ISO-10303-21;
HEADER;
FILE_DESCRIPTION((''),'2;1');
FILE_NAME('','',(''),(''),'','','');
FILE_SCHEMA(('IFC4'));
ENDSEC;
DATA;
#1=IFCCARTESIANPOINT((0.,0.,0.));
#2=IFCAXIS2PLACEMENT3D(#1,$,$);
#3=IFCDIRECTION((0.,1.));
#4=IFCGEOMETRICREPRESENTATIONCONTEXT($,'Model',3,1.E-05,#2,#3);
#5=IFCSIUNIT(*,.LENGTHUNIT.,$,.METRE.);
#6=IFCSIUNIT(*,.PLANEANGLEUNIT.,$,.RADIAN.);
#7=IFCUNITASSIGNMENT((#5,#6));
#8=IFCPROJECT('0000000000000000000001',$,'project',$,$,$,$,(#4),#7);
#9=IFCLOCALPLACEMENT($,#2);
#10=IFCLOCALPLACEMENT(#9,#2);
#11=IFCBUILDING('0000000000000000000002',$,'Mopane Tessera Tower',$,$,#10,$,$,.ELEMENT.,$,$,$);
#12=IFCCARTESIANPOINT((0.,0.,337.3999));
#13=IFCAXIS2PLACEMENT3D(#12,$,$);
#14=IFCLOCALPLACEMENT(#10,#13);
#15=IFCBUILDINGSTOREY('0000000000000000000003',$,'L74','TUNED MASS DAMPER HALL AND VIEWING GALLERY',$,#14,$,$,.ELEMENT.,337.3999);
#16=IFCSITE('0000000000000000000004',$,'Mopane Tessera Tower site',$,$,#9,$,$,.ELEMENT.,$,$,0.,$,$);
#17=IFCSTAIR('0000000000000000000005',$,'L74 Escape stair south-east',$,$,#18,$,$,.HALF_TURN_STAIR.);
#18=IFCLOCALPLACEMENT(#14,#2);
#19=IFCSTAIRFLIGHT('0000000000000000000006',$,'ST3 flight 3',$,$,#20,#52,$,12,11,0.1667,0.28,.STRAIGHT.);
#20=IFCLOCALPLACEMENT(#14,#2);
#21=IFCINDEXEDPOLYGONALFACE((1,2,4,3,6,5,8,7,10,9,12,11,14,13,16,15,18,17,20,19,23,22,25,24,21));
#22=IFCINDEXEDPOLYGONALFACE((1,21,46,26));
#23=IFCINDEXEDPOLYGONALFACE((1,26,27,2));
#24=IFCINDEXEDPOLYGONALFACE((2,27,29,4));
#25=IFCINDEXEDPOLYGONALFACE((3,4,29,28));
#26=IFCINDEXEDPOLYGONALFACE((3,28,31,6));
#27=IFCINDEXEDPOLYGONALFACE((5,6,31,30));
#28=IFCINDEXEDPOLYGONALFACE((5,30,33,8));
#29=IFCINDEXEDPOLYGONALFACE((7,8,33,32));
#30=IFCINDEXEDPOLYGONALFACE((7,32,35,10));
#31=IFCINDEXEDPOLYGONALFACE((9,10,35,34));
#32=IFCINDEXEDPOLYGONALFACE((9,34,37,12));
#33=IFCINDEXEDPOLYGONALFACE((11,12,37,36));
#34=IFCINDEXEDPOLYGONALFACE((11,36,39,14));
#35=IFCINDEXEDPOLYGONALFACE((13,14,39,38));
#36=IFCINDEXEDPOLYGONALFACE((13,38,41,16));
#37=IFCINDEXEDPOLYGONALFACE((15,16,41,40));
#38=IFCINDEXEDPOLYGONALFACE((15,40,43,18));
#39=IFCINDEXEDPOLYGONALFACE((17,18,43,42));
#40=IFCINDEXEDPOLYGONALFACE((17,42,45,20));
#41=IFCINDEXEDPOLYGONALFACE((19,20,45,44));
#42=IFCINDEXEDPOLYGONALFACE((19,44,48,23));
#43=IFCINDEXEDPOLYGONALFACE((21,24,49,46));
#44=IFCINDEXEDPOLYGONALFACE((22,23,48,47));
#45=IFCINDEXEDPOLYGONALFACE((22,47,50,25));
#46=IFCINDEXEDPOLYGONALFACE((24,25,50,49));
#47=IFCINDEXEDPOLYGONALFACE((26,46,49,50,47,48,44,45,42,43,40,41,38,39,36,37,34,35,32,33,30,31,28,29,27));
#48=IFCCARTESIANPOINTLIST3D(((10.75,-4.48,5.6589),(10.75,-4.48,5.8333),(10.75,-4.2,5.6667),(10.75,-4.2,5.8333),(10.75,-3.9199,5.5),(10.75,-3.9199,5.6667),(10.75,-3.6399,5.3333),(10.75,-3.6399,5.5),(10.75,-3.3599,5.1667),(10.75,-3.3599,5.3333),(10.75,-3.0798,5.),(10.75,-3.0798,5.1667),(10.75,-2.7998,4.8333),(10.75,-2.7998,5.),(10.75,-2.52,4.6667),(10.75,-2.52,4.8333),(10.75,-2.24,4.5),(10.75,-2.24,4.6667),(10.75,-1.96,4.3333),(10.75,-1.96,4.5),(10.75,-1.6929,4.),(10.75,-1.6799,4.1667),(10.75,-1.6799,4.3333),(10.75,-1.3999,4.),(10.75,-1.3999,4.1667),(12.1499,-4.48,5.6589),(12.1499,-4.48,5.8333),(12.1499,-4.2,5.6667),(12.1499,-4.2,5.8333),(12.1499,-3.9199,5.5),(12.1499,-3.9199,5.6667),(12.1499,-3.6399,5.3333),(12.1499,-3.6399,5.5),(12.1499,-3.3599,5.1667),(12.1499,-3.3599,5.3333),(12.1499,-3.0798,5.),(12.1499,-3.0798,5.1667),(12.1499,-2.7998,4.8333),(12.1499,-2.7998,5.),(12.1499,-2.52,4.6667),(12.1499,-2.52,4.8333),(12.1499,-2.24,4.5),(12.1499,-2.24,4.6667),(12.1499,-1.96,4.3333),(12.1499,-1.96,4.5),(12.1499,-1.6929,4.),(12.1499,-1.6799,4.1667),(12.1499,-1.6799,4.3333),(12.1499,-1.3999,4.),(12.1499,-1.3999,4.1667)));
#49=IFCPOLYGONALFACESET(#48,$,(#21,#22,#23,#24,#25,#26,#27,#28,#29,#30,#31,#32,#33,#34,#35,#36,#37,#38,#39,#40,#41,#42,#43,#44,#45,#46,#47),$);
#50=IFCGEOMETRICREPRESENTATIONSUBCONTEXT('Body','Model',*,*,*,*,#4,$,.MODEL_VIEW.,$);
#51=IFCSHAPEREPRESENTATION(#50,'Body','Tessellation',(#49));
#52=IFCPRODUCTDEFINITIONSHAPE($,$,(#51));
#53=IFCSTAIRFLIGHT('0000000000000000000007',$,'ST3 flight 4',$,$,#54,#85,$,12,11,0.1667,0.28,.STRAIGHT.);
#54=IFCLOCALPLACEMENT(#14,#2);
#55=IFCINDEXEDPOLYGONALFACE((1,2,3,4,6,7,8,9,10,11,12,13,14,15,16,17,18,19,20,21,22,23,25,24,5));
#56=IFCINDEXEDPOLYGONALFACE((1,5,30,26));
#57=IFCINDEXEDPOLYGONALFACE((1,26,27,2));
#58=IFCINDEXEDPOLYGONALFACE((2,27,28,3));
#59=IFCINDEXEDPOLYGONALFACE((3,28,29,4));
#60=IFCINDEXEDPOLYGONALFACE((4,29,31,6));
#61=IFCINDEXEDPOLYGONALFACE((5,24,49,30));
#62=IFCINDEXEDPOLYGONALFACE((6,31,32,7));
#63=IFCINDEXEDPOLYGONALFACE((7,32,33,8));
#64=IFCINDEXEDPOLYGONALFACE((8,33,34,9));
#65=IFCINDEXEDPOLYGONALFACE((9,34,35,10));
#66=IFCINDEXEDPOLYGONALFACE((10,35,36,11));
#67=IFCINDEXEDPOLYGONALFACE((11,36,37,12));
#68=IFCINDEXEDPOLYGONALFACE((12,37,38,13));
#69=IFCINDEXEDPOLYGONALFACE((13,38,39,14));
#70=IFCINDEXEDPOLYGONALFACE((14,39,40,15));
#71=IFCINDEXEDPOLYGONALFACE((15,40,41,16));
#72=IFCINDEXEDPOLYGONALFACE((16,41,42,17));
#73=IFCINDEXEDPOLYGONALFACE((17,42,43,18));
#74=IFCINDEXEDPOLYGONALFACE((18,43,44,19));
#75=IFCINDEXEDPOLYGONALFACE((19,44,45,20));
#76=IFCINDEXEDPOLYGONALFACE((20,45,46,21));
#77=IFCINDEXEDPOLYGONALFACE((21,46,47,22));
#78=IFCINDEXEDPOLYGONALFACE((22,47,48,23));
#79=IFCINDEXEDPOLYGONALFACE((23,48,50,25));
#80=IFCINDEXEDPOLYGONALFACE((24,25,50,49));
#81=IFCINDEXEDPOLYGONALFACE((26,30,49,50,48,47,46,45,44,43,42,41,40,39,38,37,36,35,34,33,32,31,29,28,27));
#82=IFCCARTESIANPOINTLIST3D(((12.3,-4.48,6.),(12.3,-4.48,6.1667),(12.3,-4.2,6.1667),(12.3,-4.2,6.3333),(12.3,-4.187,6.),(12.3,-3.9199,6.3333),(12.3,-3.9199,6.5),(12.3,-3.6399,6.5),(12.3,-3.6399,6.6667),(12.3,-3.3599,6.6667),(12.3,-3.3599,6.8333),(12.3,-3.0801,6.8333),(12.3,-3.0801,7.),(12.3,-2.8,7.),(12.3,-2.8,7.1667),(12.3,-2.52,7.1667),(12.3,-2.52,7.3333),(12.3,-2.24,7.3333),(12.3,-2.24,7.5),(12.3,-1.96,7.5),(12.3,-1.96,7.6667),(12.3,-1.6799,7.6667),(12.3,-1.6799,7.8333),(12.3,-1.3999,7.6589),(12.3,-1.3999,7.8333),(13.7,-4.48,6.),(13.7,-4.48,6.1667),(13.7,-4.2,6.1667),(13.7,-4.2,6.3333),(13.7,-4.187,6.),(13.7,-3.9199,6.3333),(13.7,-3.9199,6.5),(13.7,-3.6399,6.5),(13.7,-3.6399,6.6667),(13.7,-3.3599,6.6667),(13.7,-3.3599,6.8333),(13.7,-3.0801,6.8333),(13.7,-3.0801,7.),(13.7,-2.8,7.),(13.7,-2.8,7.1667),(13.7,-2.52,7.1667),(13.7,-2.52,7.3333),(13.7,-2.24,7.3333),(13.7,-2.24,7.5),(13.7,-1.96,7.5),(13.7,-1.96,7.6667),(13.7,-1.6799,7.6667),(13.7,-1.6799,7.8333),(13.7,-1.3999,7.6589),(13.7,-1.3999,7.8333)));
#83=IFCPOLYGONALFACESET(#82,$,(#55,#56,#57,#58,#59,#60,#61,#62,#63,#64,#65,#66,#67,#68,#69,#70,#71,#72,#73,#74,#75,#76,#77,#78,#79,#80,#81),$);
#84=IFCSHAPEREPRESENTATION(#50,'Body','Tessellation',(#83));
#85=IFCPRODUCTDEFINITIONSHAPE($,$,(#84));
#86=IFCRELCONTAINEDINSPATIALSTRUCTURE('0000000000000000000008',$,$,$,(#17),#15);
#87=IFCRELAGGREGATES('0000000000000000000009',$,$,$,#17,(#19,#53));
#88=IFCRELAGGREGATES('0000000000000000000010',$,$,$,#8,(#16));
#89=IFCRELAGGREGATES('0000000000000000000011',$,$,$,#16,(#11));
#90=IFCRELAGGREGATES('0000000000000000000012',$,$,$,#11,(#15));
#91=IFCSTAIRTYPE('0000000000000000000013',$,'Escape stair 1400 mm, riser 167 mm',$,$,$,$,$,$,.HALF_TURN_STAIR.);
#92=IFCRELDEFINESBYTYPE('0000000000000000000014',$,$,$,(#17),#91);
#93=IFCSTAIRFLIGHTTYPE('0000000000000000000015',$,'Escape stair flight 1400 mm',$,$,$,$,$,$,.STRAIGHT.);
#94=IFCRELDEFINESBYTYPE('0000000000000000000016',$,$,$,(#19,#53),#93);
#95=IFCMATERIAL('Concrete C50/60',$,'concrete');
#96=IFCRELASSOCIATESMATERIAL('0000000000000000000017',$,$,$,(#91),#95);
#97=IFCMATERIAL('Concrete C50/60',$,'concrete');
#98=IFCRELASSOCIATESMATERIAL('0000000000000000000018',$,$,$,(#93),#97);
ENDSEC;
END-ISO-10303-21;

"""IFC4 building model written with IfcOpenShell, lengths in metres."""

from ifc_helpers import new_model, si_unit, direction, frame, origin, place, context, subcontext, project, spatial, polyline, outline, extrude, material, type_object, element, aggregate, save


model = new_model("IFC4")

# Units and contexts
model_context = context("Model", 3, precision=1e-05, world=origin(), true_north=direction((0.0, 1.0)))
body_context = subcontext(model_context, "Body", "Model", "MODEL_VIEW")
ifc_project = project(units=[si_unit("LENGTHUNIT", "METRE"), si_unit("PLANEANGLEUNIT", "RADIAN")], contexts=[model_context])

# Site, building, storey
site_placement = place(None, origin())
site = spatial("IfcSite", under=ifc_project, at=site_placement, Name="Mopane Tessera Tower site", CompositionType="ELEMENT", RefElevation=0.0)
building_placement = place(site_placement, origin())
building = spatial("IfcBuilding", under=site, at=building_placement, Name="Mopane Tessera Tower", CompositionType="ELEMENT")
storey_placement = place(building_placement, frame((0.0, 0.0, 337.3999)))
storey = spatial("IfcBuildingStorey", under=building, at=storey_placement, Name="L74", Description="TUNED MASS DAMPER HALL AND VIEWING GALLERY", CompositionType="ELEMENT", Elevation=337.3999)

# Stair, stair flights
ifc_material_1 = material(Name="Concrete C50/60", Category="concrete")
stair_type = type_object("IfcStairType", Name="Escape stair 1400 mm, riser 167 mm", PredefinedType="HALF_TURN_STAIR", material=ifc_material_1)
stair_placement = place(storey_placement, origin())
stair = element("IfcStair", 1, at=stair_placement, inside=storey, type_object=stair_type, Name="L74 Escape stair south-east", PredefinedType="HALF_TURN_STAIR")
ifc_material_2 = material(Name="Concrete C50/60", Category="concrete")
stair_flight_type = type_object("IfcStairFlightType", Name="Escape stair flight 1400 mm", PredefinedType="STRAIGHT", material=ifc_material_2)
stair_flight_1_placement = place(storey_placement, frame((11.45, -1.3999, 4.0), z_axis=(0.0, 0.0, 1.0), x_axis=(0.0, -1.0, 0.0)))
stair_flight_1 = element("IfcStairFlight", 2, at=stair_flight_1_placement, type_object=stair_flight_type, Name="ST3 flight 3", NumberOfRisers=12, NumberOfTreads=11, PredefinedType="STRAIGHT", RiserHeight=0.1667, TreadLength=0.28, context=body_context, shape_type="SweptSolid", body=[
    extrude(outline(polyline([(0.0, 0.0), (0.0, 0.1667), (0.28, 0.1667), (0.28, 0.3333), (0.5601, 0.3333), (0.5601, 0.5), (0.8401, 0.5), (0.8401, 0.6667), (1.1201, 0.6667), (1.1201, 0.8333), (1.3999, 0.8333), (1.3999, 1.0), (1.6799, 1.0), (1.6799, 1.1667), (1.96, 1.1667), (1.96, 1.3333), (2.24, 1.3333), (2.24, 1.5), (2.52, 1.5), (2.52, 1.6667), (2.8, 1.6667), (2.8, 1.8333), (3.0801, 1.8333), (3.0801, 2.0), (3.0801, 1.6589), (0.293, 0.0), (0.0, 0.0)])), frame((0.0, 0.7, 0.0), z_axis=(0.0, -1.0, 0.0), x_axis=(1.0, 0.0, 0.0)), (0.0, 0.0, 1.0), 1.3999),
])
stair_flight_2_placement = place(storey_placement, frame((13.0, -4.48, 6.0), z_axis=(0.0, 0.0, 1.0), x_axis=(0.0, 1.0, 0.0)))
stair_flight_2 = element("IfcStairFlight", 3, at=stair_flight_2_placement, type_object=stair_flight_type, Name="ST3 flight 4", NumberOfRisers=12, NumberOfTreads=11, PredefinedType="STRAIGHT", RiserHeight=0.1667, TreadLength=0.28, context=body_context, shape_type="SweptSolid", body=[
    extrude(outline(polyline([(0.0, 0.0), (0.0, 0.1667), (0.28, 0.1667), (0.28, 0.3333), (0.5601, 0.3333), (0.5601, 0.5), (0.8401, 0.5), (0.8401, 0.6667), (1.1201, 0.6667), (1.1201, 0.8333), (1.3999, 0.8333), (1.3999, 1.0), (1.6799, 1.0), (1.6799, 1.1667), (1.96, 1.1667), (1.96, 1.3333), (2.24, 1.3333), (2.24, 1.5), (2.52, 1.5), (2.52, 1.6667), (2.8, 1.6667), (2.8, 1.8333), (3.0801, 1.8333), (3.0801, 2.0), (3.0801, 1.6589), (0.293, 0.0), (0.0, 0.0)])), frame((0.0, 0.7, 0.0), z_axis=(0.0, -1.0, 0.0), x_axis=(1.0, 0.0, 0.0)), (0.0, 0.0, 1.0), 1.3999),
])
aggregate(stair, [stair_flight_1, stair_flight_2])

save(model, "model.ifc")
